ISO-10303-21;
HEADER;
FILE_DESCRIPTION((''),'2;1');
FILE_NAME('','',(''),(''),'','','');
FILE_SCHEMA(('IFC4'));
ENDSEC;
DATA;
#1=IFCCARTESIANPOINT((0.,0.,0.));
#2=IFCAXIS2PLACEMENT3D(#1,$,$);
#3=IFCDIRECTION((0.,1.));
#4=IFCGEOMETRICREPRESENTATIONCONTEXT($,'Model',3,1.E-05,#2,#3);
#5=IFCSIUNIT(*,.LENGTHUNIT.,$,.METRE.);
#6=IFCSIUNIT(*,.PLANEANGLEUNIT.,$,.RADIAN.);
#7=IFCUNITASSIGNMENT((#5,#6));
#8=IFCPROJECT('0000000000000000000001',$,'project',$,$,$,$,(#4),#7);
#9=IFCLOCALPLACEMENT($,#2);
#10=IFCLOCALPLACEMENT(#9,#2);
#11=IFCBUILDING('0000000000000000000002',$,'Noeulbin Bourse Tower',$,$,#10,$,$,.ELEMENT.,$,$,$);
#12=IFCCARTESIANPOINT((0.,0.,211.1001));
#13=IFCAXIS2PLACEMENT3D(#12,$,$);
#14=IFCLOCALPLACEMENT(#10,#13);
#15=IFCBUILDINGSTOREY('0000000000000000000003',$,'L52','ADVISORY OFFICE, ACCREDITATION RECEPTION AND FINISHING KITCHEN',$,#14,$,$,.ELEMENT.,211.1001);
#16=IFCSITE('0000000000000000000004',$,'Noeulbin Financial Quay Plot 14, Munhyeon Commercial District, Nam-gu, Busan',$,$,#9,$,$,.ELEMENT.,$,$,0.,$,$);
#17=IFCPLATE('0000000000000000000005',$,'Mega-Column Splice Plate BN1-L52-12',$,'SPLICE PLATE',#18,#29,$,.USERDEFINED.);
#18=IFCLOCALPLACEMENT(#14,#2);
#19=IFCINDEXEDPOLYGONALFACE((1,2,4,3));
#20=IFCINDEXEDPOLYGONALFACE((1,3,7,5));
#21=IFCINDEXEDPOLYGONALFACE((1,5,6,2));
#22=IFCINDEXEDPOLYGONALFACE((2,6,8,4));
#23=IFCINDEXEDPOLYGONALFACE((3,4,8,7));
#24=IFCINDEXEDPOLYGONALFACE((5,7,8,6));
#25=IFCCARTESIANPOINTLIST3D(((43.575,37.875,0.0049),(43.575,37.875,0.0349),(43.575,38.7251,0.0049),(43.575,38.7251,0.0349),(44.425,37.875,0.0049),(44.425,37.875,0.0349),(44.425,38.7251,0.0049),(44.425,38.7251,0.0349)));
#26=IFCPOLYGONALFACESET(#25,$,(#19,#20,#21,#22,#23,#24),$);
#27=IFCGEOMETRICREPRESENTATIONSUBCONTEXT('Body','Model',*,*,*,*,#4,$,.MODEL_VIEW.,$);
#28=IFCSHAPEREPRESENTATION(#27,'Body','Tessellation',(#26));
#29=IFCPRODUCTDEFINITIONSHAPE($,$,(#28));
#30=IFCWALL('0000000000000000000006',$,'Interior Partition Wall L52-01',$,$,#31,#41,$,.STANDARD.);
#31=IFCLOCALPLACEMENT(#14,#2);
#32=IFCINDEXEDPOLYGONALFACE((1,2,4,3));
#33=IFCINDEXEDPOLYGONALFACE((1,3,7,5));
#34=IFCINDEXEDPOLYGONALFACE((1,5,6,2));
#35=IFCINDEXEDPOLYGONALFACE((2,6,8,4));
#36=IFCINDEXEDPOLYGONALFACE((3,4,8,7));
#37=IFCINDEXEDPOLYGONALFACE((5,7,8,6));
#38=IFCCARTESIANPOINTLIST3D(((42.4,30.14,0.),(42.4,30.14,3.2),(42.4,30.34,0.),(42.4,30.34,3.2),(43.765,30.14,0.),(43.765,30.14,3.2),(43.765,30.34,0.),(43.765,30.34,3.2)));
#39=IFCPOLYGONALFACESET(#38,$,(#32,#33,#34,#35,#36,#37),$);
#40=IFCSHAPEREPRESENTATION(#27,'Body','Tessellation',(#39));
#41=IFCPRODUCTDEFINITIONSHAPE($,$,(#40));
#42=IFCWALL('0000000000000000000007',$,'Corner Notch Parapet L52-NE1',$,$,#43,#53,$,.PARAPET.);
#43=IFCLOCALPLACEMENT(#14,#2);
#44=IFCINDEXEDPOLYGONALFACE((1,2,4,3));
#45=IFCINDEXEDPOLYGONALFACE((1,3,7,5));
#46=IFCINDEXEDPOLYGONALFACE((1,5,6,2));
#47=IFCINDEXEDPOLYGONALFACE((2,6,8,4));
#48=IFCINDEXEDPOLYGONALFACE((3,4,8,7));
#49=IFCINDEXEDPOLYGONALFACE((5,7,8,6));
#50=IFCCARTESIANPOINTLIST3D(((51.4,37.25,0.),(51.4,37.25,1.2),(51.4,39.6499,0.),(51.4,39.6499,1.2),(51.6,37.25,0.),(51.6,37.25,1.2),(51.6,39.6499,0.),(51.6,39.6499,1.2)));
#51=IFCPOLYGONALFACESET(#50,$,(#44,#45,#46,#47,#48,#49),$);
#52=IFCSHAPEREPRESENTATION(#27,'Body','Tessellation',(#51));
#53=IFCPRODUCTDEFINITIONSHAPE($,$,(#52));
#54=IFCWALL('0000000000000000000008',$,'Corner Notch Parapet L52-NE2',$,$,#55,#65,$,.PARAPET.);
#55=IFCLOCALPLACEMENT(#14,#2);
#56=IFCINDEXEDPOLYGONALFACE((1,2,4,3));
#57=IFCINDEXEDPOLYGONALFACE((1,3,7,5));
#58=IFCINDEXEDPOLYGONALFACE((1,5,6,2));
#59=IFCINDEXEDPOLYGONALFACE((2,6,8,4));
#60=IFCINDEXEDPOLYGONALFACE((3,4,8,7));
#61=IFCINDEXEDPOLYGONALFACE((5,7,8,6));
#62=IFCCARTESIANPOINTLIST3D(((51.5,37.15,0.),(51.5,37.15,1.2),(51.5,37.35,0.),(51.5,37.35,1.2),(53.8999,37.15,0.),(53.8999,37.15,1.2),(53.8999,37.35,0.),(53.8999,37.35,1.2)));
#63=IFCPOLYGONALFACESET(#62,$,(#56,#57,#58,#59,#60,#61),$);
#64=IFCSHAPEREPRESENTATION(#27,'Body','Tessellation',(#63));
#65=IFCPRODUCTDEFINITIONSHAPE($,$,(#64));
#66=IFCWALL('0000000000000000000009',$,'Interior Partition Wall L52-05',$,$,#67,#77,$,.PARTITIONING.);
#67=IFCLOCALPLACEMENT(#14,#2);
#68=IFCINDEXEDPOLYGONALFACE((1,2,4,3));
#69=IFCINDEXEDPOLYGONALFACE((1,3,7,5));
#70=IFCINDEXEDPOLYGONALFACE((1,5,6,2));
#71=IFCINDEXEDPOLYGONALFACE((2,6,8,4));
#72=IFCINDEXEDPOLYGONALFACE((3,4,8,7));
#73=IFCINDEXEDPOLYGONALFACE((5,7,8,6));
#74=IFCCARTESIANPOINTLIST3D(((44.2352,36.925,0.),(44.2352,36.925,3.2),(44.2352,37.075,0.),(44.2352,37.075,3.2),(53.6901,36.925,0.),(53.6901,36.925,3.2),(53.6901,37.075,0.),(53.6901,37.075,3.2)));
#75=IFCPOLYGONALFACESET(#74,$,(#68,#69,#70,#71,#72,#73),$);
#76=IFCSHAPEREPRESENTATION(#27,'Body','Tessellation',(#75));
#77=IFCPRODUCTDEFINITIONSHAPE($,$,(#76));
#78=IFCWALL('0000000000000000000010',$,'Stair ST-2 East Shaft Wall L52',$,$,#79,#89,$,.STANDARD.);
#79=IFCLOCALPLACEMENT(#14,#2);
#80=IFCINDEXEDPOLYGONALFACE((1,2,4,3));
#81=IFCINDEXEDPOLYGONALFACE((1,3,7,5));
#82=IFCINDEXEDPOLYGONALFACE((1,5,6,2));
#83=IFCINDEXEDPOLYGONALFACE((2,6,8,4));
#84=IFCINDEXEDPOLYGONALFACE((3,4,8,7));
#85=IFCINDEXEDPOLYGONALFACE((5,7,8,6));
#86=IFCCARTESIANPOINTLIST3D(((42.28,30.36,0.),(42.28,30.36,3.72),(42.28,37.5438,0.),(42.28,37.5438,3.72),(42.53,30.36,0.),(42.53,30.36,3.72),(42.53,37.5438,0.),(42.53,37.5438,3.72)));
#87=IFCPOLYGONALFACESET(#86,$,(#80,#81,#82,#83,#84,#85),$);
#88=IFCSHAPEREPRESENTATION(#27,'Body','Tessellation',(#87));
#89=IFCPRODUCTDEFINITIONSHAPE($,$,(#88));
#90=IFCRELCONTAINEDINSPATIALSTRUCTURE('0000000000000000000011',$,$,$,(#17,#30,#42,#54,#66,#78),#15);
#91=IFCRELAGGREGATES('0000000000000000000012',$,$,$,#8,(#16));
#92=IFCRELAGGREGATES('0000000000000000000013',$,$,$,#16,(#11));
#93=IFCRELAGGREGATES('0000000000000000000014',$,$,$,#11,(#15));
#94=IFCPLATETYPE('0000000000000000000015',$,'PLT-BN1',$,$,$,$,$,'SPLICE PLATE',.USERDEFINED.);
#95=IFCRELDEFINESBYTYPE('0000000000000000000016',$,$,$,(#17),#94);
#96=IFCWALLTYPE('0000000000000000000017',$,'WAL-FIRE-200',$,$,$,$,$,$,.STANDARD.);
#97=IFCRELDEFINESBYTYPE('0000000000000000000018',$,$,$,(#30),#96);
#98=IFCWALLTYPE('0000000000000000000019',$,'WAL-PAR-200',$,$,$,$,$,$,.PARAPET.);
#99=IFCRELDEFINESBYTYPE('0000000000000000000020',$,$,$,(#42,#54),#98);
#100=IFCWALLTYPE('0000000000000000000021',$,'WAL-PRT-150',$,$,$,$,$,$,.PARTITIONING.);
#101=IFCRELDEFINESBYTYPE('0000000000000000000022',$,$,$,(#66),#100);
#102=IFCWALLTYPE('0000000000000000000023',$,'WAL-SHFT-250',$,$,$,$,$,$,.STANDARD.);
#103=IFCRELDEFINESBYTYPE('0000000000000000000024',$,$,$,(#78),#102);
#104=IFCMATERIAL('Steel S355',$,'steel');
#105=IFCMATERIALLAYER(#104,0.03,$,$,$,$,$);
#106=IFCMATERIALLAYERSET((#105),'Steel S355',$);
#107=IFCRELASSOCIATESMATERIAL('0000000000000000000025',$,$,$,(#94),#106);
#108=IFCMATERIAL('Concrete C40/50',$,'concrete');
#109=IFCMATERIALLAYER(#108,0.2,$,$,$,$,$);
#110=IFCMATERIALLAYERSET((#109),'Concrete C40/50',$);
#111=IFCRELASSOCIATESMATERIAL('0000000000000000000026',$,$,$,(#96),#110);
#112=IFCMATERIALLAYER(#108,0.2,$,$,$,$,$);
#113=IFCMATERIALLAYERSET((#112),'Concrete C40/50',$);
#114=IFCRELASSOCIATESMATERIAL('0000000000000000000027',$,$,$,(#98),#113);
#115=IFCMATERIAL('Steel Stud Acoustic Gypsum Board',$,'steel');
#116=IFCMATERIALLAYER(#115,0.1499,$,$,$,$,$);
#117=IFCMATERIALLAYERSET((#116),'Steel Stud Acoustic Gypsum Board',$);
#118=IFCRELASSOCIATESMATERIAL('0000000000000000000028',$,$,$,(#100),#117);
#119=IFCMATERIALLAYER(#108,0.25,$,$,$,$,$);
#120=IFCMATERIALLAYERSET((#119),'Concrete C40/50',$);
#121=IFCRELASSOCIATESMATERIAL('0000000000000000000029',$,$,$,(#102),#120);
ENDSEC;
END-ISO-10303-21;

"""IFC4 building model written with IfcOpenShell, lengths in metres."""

from ifc_helpers import new_model, si_unit, direction, frame, frame_2d, origin, origin_2d, place, context, subcontext, project, spatial, rectangle, extrude, material, layer, layer_set, type_object, element, save


model = new_model("IFC4")

# Units and contexts
model_context = context("Model", 3, precision=1e-05, world=origin(), true_north=direction((0.0, 1.0)))
body_context = subcontext(model_context, "Body", "Model", "MODEL_VIEW")
ifc_project = project(units=[si_unit("LENGTHUNIT", "METRE"), si_unit("PLANEANGLEUNIT", "RADIAN")], contexts=[model_context])

# Site, building, storey
site_placement = place(None, origin())
site = spatial("IfcSite", under=ifc_project, at=site_placement, Name="Noeulbin Financial Quay Plot 14, Munhyeon Commercial District, Nam-gu, Busan", CompositionType="ELEMENT", RefElevation=0.0)
building_placement = place(site_placement, origin())
building = spatial("IfcBuilding", under=site, at=building_placement, Name="Noeulbin Bourse Tower", CompositionType="ELEMENT")
storey_placement = place(building_placement, frame((0.0, 0.0, 211.1001)))
storey = spatial("IfcBuildingStorey", under=building, at=storey_placement, Name="L52", Description="ADVISORY OFFICE, ACCREDITATION RECEPTION AND FINISHING KITCHEN", CompositionType="ELEMENT", Elevation=211.1001)

# Shared definitions
ifc_material_1 = material(Name="Steel S355", Category="steel")

# Plate
ifc_layer_1 = layer(ifc_material_1, 0.03)
ifc_layer_set_1 = layer_set([ifc_layer_1], Name="Steel S355")
plate_type_1 = type_object("IfcPlateType", Name="PLT-BN1", ElementType="SPLICE PLATE", PredefinedType="USERDEFINED", material=ifc_layer_set_1)
plate_1_placement = place(storey_placement, frame((44.0, 38.3, 0.0049), z_axis=(0.0, 0.0, 1.0), x_axis=(1.0, 0.0, 0.0)))
element("IfcPlate", 1, at=plate_1_placement, inside=storey, type_object=plate_type_1, Name="Mega-Column Splice Plate BN1-L52-12", ObjectType="SPLICE PLATE", PredefinedType="USERDEFINED", context=body_context, shape_type="SweptSolid", body=[
    extrude(rectangle(XDim=0.8501, YDim=0.8501, at=origin_2d()), origin(), (0.0, 0.0, 1.0), 0.03),
])

# Walls
ifc_material_2 = material(Name="Concrete C40/50", Category="concrete")
ifc_layer_2 = layer(ifc_material_2, 0.2)
ifc_layer_set_2 = layer_set([ifc_layer_2], Name="Concrete C40/50")
wall_type_1 = type_object("IfcWallType", Name="WAL-FIRE-200", PredefinedType="STANDARD", material=ifc_layer_set_2)
wall_1_placement = place(storey_placement, frame((42.3999, 30.24, 0.0), z_axis=(0.0, 0.0, 1.0), x_axis=(1.0, 0.0, 0.0)))
element("IfcWall", 2, at=wall_1_placement, inside=storey, type_object=wall_type_1, Name="Interior Partition Wall L52-01", PredefinedType="STANDARD", context=body_context, shape_type="SweptSolid", body=[
    extrude(rectangle(XDim=1.365, YDim=0.2, at=frame_2d((0.6826, 0.0))), origin(), (0.0, 0.0, 1.0), 3.2),
])
ifc_layer_3 = layer(ifc_material_2, 0.2)
ifc_layer_set_3 = layer_set([ifc_layer_3], Name="Concrete C40/50")
wall_type_2 = type_object("IfcWallType", Name="WAL-PAR-200", PredefinedType="PARAPET", material=ifc_layer_set_3)
for number, where, z_axis, x_axis, name in (
    (3, (51.5, 39.6499, 0.0), (0.0, 0.0, 1.0), (0.0, -1.0, 0.0), "Corner Notch Parapet L52-NE1"),
    (4, (51.5, 37.25, 0.0), (0.0, 0.0, 1.0), (1.0, 0.0, 0.0), "Corner Notch Parapet L52-NE2"),
):
    element("IfcWall", number, at=place(storey_placement, frame(where, z_axis=z_axis, x_axis=x_axis)), inside=storey, type_object=wall_type_2, Name=name, PredefinedType="PARAPET", context=body_context, shape_type="SweptSolid", body=[
        extrude(rectangle(XDim=2.3999, YDim=0.2, at=frame_2d((1.2, 0.0))), origin(), (0.0, 0.0, 1.0), 1.2),
    ])
ifc_material_3 = material(Name="Steel Stud Acoustic Gypsum Board", Category="steel")
ifc_layer_4 = layer(ifc_material_3, 0.1499)
ifc_layer_set_4 = layer_set([ifc_layer_4], Name="Steel Stud Acoustic Gypsum Board")
wall_type_3 = type_object("IfcWallType", Name="WAL-PRT-150", PredefinedType="PARTITIONING", material=ifc_layer_set_4)
wall_2_placement = place(storey_placement, frame((44.2351, 37.0, 0.0), z_axis=(0.0, 0.0, 1.0), x_axis=(1.0, 0.0, 0.0)))
element("IfcWall", 5, at=wall_2_placement, inside=storey, type_object=wall_type_3, Name="Interior Partition Wall L52-05", PredefinedType="PARTITIONING", context=body_context, shape_type="SweptSolid", body=[
    extrude(rectangle(XDim=9.4548, YDim=0.1499, at=frame_2d((4.7275, 0.0))), origin(), (0.0, 0.0, 1.0), 3.2),
])
ifc_layer_5 = layer(ifc_material_2, 0.25)
ifc_layer_set_5 = layer_set([ifc_layer_5], Name="Concrete C40/50")
wall_type_4 = type_object("IfcWallType", Name="WAL-SHFT-250", PredefinedType="STANDARD", material=ifc_layer_set_5)
wall_3_placement = place(storey_placement, frame((42.405, 30.3601, 0.0), z_axis=(0.0, 0.0, 1.0), x_axis=(0.0, 1.0, 0.0)))
element("IfcWall", 6, at=wall_3_placement, inside=storey, type_object=wall_type_4, Name="Stair ST-2 East Shaft Wall L52", PredefinedType="STANDARD", context=body_context, shape_type="SweptSolid", body=[
    extrude(rectangle(XDim=7.1838, YDim=0.25, at=frame_2d((3.5918, 0.0))), origin(), (0.0, 0.0, 1.0), 3.72),
])

save(model, "model.ifc")
